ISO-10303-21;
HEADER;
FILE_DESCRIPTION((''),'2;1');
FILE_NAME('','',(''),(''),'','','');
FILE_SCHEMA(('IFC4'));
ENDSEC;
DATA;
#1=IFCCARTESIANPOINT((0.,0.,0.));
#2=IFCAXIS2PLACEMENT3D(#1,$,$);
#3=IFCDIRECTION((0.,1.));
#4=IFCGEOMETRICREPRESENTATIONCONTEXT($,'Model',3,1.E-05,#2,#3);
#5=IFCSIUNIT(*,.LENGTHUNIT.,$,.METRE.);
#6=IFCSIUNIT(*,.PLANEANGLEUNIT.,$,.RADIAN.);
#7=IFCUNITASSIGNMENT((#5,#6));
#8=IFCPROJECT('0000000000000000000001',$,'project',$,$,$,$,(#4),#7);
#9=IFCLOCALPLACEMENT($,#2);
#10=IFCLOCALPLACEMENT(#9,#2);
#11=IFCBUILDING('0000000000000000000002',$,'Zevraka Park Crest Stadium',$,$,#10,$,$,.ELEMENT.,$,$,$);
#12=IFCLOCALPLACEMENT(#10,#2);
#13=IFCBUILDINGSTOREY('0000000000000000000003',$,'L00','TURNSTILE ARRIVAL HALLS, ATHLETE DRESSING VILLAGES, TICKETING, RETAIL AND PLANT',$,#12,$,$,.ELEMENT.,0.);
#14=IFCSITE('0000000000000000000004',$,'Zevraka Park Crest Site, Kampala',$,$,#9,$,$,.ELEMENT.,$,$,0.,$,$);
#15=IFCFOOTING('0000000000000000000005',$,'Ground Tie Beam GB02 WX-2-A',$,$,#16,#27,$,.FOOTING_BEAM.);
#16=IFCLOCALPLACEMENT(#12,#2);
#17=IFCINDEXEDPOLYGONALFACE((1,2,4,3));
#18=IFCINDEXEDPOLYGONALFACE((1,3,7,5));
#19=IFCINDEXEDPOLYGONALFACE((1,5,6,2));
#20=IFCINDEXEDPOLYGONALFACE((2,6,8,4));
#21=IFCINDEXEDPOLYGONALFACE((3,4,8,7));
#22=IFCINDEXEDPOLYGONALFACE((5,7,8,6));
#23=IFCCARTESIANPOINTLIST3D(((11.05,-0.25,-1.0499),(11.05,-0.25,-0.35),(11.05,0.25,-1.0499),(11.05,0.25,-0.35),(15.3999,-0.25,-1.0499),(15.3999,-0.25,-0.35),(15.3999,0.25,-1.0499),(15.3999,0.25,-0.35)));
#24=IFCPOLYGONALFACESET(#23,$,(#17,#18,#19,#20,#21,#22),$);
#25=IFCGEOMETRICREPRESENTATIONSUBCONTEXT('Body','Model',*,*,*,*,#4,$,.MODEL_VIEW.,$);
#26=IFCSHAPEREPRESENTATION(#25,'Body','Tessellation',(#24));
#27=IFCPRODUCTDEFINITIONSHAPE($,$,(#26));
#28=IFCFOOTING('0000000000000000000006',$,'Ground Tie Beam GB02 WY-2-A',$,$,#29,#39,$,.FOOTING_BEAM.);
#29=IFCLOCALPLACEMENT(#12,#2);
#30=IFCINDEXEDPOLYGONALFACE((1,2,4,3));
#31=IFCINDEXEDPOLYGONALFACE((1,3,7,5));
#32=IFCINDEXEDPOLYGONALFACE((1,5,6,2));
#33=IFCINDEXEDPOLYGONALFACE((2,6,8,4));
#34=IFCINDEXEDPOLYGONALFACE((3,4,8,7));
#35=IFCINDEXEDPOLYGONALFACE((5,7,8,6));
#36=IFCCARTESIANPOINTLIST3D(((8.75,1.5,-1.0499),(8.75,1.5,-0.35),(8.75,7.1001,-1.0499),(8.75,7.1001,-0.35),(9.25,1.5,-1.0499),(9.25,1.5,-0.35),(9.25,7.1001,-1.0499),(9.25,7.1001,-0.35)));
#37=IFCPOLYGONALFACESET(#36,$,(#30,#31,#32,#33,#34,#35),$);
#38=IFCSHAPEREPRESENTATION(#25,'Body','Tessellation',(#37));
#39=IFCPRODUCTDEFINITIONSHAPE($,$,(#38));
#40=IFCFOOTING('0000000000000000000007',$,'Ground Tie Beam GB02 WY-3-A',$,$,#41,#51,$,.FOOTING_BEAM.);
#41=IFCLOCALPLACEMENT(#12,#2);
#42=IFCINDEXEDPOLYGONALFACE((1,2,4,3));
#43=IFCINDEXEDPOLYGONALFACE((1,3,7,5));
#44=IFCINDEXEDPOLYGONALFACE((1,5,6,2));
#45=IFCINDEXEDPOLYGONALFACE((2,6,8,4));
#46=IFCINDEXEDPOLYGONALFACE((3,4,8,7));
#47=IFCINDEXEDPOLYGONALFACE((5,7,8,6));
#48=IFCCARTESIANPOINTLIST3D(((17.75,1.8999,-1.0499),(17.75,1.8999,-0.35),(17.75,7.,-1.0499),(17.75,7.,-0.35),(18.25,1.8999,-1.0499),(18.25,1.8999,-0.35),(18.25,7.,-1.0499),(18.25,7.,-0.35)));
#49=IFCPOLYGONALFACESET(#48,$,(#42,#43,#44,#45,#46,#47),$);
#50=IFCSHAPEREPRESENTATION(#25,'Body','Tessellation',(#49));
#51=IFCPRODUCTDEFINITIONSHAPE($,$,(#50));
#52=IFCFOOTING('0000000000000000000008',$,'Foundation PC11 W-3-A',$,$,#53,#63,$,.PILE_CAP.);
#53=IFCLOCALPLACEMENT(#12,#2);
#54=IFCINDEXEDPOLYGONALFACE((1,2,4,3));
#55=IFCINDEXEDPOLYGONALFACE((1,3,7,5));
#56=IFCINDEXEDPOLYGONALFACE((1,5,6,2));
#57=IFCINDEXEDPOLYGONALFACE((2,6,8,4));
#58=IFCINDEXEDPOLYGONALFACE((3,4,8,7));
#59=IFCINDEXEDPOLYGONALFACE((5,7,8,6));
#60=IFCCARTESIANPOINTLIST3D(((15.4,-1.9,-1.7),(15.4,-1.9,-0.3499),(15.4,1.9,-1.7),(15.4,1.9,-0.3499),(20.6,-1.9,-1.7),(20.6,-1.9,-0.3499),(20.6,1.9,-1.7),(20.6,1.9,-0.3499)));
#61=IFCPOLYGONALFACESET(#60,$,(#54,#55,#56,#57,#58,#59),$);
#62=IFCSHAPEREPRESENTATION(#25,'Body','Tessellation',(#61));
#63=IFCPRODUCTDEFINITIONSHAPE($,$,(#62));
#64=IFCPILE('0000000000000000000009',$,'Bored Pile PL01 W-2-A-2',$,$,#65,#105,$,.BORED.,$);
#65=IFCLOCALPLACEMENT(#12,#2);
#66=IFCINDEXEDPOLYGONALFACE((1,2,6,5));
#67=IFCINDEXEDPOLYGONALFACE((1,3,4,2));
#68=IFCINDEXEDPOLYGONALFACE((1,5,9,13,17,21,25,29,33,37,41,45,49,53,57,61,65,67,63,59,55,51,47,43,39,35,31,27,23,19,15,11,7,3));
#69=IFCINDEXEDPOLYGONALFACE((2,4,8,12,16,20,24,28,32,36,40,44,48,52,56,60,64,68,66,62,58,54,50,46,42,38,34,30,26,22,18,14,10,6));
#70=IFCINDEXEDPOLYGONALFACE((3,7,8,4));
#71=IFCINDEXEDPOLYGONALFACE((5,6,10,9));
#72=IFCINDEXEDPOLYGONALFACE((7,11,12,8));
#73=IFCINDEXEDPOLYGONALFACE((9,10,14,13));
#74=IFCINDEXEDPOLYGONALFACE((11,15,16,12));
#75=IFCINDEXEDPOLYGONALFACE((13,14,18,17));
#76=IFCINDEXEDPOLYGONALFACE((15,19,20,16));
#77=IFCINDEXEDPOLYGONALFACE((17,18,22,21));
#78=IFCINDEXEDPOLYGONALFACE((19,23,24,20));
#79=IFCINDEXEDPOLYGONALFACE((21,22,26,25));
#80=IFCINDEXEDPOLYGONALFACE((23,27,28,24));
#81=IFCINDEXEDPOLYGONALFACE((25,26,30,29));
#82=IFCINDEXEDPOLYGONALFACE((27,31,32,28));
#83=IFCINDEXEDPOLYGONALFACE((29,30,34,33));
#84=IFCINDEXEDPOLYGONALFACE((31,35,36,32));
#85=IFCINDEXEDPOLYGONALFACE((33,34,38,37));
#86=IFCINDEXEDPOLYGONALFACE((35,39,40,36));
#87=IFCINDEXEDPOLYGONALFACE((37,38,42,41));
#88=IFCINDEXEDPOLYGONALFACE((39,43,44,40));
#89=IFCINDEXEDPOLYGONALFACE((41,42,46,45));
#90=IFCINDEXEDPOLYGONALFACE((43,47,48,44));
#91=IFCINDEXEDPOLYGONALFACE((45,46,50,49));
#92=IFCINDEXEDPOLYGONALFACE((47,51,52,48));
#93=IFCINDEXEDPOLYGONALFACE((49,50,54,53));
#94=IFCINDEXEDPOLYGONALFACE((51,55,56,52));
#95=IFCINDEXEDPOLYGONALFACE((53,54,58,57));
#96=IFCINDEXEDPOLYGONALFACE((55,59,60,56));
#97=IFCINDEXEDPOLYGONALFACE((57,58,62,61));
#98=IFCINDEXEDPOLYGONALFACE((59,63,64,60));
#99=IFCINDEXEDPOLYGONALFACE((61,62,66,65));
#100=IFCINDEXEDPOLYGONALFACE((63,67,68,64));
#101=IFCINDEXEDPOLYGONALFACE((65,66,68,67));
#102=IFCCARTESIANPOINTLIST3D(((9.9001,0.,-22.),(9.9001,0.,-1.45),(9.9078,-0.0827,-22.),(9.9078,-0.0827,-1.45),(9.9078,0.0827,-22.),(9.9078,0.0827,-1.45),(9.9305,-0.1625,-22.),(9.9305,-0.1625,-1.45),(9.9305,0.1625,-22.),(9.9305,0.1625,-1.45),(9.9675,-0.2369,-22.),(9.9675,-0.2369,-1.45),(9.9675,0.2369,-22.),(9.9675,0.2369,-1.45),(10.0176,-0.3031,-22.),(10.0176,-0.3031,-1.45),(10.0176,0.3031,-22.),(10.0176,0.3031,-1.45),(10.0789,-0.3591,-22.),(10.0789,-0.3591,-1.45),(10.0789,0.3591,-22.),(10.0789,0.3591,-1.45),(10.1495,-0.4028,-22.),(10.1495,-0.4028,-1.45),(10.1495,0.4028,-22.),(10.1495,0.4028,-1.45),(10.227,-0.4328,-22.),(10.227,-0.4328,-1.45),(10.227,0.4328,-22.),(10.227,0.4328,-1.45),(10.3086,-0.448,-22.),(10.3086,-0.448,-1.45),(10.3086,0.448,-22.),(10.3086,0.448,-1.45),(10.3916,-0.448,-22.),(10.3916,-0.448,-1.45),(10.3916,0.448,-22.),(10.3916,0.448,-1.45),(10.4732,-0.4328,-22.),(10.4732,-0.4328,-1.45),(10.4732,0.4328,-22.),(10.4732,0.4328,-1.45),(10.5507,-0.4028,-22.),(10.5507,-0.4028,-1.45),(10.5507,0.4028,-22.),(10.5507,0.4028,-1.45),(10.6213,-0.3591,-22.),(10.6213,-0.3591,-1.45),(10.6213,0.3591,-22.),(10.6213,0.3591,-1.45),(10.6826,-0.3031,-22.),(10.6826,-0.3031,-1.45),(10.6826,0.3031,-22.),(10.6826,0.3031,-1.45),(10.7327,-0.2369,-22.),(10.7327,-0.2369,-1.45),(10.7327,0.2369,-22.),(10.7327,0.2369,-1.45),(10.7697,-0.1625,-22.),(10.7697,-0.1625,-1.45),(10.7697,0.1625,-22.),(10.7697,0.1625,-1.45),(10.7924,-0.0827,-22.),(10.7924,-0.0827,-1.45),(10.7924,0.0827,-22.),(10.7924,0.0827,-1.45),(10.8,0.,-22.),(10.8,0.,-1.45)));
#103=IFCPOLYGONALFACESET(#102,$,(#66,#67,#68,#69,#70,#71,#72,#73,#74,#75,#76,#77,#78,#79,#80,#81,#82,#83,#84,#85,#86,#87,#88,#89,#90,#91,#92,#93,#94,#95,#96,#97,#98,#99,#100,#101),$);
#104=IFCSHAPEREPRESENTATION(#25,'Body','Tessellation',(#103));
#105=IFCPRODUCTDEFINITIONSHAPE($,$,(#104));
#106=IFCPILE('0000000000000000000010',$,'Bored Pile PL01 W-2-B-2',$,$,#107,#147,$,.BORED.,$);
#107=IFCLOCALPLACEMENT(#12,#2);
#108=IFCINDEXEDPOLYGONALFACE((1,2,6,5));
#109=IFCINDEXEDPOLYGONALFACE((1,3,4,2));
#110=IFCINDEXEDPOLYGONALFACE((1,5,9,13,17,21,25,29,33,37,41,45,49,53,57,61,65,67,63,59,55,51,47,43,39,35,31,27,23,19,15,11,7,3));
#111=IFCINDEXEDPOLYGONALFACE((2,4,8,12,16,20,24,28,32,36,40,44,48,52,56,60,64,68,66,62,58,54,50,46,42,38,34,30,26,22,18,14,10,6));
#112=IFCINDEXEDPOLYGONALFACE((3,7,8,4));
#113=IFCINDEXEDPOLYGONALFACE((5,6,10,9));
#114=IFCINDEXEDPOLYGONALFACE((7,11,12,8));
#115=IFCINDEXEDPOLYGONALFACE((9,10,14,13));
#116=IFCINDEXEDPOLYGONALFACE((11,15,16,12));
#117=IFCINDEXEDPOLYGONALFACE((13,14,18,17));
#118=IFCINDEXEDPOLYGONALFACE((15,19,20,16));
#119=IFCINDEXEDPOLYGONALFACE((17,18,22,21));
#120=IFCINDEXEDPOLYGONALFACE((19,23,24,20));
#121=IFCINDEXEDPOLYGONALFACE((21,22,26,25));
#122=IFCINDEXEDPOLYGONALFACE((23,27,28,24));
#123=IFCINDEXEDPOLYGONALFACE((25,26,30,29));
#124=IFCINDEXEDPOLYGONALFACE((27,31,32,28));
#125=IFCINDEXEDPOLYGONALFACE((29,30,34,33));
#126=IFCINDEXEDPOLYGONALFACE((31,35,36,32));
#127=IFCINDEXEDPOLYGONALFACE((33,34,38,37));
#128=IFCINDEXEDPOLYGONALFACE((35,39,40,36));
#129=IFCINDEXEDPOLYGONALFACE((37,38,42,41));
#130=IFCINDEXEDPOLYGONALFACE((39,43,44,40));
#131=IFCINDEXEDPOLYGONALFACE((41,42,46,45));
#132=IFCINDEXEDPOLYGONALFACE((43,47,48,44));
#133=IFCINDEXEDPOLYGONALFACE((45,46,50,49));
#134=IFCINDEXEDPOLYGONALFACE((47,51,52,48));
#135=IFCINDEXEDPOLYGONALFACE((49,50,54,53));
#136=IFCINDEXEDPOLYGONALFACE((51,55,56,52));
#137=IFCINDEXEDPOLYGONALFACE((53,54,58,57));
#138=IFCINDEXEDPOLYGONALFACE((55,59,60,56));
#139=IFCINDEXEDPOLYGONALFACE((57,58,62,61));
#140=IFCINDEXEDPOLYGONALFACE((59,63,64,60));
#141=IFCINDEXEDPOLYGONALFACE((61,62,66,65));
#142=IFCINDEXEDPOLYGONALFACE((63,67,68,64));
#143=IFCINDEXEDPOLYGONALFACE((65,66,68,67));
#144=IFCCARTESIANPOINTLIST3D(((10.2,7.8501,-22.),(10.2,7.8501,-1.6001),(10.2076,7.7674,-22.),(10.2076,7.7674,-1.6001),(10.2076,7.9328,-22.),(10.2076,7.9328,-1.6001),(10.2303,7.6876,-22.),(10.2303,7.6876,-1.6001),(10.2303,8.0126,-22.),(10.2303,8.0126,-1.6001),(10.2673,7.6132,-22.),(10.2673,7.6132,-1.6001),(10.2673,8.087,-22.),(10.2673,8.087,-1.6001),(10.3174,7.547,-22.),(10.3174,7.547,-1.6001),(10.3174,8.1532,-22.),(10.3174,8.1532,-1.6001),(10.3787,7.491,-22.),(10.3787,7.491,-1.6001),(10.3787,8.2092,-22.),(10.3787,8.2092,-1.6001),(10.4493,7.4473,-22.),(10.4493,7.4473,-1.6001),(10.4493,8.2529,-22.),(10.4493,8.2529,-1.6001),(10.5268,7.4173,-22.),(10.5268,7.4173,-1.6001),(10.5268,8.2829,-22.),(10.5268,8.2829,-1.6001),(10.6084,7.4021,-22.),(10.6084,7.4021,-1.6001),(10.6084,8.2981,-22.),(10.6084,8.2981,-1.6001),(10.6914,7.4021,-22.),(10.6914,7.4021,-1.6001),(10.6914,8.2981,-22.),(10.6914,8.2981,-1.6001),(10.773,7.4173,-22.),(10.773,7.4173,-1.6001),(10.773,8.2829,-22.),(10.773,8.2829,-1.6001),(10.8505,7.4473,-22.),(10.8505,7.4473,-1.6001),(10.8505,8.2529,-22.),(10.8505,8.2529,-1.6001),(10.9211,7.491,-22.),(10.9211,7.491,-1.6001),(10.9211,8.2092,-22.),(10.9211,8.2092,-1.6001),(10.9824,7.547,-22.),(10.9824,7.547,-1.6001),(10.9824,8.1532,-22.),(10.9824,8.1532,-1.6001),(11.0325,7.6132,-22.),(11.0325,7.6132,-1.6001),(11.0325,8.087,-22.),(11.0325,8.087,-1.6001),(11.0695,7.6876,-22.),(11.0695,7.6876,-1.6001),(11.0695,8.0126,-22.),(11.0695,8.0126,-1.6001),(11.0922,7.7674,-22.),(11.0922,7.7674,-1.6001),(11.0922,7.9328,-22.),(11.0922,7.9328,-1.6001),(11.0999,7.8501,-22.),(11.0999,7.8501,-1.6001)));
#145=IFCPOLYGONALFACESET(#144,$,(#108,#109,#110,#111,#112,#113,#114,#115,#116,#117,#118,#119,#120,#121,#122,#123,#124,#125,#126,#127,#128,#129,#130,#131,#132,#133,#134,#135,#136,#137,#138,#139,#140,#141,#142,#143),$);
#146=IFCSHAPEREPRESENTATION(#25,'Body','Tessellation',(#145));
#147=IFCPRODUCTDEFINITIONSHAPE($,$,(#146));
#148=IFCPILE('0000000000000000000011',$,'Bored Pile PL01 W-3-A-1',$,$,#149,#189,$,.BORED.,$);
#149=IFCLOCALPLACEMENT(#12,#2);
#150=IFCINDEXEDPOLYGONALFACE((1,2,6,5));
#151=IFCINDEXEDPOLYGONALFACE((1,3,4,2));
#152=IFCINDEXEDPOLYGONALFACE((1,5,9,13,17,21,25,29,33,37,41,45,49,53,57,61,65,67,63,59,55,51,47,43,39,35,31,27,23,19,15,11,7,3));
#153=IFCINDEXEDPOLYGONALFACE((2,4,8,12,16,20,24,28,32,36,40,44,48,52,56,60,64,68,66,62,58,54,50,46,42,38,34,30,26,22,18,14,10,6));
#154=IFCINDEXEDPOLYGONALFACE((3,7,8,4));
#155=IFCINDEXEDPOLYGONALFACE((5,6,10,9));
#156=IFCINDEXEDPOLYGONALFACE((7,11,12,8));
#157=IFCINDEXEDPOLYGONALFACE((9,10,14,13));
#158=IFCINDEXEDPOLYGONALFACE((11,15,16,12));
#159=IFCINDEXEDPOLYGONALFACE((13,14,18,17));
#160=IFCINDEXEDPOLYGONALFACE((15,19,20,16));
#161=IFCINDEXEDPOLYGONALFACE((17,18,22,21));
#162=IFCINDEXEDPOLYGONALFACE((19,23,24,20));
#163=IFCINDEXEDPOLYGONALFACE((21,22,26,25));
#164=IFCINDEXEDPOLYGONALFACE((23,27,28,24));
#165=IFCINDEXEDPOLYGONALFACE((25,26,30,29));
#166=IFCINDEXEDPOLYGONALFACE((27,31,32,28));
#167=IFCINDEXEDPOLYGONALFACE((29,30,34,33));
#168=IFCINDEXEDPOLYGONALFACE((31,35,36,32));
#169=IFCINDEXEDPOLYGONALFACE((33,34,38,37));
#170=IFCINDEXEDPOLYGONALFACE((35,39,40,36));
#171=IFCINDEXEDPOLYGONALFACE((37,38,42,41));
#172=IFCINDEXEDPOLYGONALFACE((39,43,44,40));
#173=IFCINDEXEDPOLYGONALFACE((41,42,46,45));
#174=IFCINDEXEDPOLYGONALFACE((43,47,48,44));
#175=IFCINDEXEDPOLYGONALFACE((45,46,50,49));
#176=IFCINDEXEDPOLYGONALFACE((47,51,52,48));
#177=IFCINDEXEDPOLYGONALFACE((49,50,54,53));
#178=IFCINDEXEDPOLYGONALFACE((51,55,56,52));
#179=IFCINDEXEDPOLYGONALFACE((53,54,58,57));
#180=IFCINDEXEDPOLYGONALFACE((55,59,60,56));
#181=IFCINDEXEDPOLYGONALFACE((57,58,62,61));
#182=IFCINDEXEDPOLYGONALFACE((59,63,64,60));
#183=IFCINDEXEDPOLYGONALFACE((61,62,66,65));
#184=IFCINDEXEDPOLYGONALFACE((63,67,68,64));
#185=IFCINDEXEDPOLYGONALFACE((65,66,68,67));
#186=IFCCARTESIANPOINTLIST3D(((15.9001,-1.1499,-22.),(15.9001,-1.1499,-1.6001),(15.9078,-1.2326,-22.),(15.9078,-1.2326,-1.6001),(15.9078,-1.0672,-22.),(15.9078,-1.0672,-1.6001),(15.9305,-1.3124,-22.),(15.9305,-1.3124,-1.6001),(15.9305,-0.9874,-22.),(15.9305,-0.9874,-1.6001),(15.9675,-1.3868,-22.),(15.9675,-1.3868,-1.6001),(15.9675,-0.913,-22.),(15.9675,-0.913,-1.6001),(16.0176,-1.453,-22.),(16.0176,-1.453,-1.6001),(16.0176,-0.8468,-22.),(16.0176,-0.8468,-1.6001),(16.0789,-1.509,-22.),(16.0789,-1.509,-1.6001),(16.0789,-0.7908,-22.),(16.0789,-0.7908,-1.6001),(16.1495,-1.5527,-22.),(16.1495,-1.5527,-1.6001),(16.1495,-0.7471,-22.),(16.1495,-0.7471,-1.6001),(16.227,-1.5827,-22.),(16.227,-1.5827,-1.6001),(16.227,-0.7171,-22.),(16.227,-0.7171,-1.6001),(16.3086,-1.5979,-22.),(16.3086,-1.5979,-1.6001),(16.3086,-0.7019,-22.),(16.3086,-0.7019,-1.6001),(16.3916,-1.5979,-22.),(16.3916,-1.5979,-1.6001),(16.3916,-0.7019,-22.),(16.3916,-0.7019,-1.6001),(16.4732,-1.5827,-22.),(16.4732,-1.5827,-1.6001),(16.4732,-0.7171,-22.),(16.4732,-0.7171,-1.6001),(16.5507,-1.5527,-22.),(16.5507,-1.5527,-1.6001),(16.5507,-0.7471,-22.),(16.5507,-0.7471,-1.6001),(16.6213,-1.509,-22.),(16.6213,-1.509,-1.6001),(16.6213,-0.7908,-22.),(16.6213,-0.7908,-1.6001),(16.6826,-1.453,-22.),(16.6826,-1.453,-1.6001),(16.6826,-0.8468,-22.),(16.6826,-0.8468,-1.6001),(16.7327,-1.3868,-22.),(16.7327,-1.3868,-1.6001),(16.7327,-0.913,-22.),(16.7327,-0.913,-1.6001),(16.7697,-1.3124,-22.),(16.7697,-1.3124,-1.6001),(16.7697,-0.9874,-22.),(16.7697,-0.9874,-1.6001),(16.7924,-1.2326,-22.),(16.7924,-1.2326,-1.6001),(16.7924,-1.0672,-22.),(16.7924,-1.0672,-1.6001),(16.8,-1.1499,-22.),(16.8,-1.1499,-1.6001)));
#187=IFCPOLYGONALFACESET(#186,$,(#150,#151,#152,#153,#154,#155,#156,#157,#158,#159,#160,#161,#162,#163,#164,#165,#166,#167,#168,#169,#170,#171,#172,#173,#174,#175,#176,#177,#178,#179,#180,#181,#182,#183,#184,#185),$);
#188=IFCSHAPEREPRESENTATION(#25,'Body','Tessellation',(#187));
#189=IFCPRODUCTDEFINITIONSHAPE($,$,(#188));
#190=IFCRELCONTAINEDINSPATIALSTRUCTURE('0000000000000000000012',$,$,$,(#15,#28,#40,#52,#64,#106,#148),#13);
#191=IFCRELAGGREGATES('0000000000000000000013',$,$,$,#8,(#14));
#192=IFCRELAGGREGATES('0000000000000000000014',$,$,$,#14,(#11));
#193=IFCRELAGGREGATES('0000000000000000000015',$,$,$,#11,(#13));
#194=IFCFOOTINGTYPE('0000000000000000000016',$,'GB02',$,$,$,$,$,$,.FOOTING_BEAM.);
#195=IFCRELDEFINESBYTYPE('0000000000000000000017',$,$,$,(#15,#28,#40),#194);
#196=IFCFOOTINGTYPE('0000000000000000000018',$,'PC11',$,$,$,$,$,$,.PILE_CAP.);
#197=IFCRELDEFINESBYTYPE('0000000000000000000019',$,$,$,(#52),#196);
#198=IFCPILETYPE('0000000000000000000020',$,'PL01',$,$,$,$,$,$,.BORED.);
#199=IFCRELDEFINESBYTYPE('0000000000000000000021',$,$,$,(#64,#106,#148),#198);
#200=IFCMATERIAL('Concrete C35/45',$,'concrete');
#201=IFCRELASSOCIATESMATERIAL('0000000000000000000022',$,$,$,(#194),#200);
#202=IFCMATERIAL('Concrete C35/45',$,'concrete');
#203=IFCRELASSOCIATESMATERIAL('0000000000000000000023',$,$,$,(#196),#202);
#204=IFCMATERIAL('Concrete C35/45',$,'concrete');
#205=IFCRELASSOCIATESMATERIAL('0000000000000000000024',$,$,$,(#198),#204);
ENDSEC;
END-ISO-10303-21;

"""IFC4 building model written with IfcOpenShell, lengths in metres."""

from ifc_helpers import new_model, si_unit, direction, frame, origin, origin_2d, place, context, subcontext, project, spatial, rectangle, circle, extrude, material, material_profile, profile_set, type_object, element, save


model = new_model("IFC4")

# Units and contexts
model_context = context("Model", 3, precision=1e-05, world=origin(), true_north=direction((0.0, 1.0)))
body_context = subcontext(model_context, "Body", "Model", "MODEL_VIEW")
ifc_project = project(units=[si_unit("LENGTHUNIT", "METRE"), si_unit("PLANEANGLEUNIT", "RADIAN")], contexts=[model_context])

# Site, building, storey
site_placement = place(None, origin())
site = spatial("IfcSite", under=ifc_project, at=site_placement, Name="Zevraka Park Crest Site, Kampala", CompositionType="ELEMENT", RefElevation=0.0)
building_placement = place(site_placement, origin())
building = spatial("IfcBuilding", under=site, at=building_placement, Name="Zevraka Park Crest Stadium", CompositionType="ELEMENT")
storey_placement = place(building_placement, origin())
storey = spatial("IfcBuildingStorey", under=building, at=storey_placement, Name="L00", Description="TURNSTILE ARRIVAL HALLS, ATHLETE DRESSING VILLAGES, TICKETING, RETAIL AND PLANT", CompositionType="ELEMENT", Elevation=0.0)

# Footings
ifc_material_1 = material(Name="Concrete C35/45", Category="concrete")
ifc_material_profile_1 = material_profile(ifc_material_1, rectangle(XDim=0.5, YDim=0.7, at=origin_2d()), Name="GB 700x500")
ifc_profile_set_1 = profile_set([ifc_material_profile_1], Name="Concrete C35/45")
footing_type_1 = type_object("IfcFootingType", Name="GB02", PredefinedType="FOOTING_BEAM", material=ifc_profile_set_1)
footing_1_placement = place(storey_placement, frame((11.05, 0.0, -0.7), z_axis=(1.0, 0.0, 0.0), x_axis=(0.0, 1.0, 0.0)))
element("IfcFooting", 1, at=footing_1_placement, inside=storey, type_object=footing_type_1, Name="Ground Tie Beam GB02 WX-2-A", PredefinedType="FOOTING_BEAM", context=body_context, shape_type="SweptSolid", body=[
    extrude(rectangle(XDim=0.5, YDim=0.7, at=origin_2d()), origin(), (0.0, 0.0, 1.0), 4.3499),
])
footing_2_placement = place(storey_placement, frame((9.0, 1.5, -0.7), z_axis=(0.0, 1.0, 0.0), x_axis=(-1.0, 0.0, 0.0)))
element("IfcFooting", 2, at=footing_2_placement, inside=storey, type_object=footing_type_1, Name="Ground Tie Beam GB02 WY-2-A", PredefinedType="FOOTING_BEAM", context=body_context, shape_type="SweptSolid", body=[
    extrude(rectangle(XDim=0.5, YDim=0.7, at=origin_2d()), origin(), (0.0, 0.0, 1.0), 5.6001),
])
footing_3_placement = place(storey_placement, frame((18.0, 1.8999, -0.7), z_axis=(0.0, 1.0, 0.0), x_axis=(-1.0, 0.0, 0.0)))
element("IfcFooting", 3, at=footing_3_placement, inside=storey, type_object=footing_type_1, Name="Ground Tie Beam GB02 WY-3-A", PredefinedType="FOOTING_BEAM", context=body_context, shape_type="SweptSolid", body=[
    extrude(rectangle(XDim=0.5, YDim=0.7, at=origin_2d()), origin(), (0.0, 0.0, 1.0), 5.1001),
])
ifc_material_2 = material(Name="Concrete C35/45", Category="concrete")
footing_type_2 = type_object("IfcFootingType", Name="PC11", PredefinedType="PILE_CAP", material=ifc_material_2)
footing_4_placement = place(storey_placement, frame((18.0, 0.0, -1.7), z_axis=(0.0, 0.0, 1.0), x_axis=(1.0, 0.0, 0.0)))
element("IfcFooting", 4, at=footing_4_placement, inside=storey, type_object=footing_type_2, Name="Foundation PC11 W-3-A", PredefinedType="PILE_CAP", context=body_context, shape_type="SweptSolid", body=[
    extrude(rectangle(XDim=5.2, YDim=3.8, at=origin_2d()), origin(), (0.0, 0.0, 1.0), 1.3501),
])

# Piles
ifc_material_3 = material(Name="Concrete C35/45", Category="concrete")
ifc_material_profile_2 = material_profile(ifc_material_3, circle(Radius=0.45, at=origin_2d()), Name="PILE D900")
ifc_profile_set_2 = profile_set([ifc_material_profile_2], Name="Concrete C35/45")
pile_type_1 = type_object("IfcPileType", Name="PL01", PredefinedType="BORED", material=ifc_profile_set_2)
pile_1_placement = place(storey_placement, frame((10.3501, 0.0, -1.45), z_axis=(0.0, 0.0, -1.0), x_axis=(1.0, 0.0, 0.0)))
element("IfcPile", 5, at=pile_1_placement, inside=storey, type_object=pile_type_1, Name="Bored Pile PL01 W-2-A-2", PredefinedType="BORED", context=body_context, shape_type="SweptSolid", body=[
    extrude(circle(Radius=0.45, at=origin_2d()), origin(), (0.0, 0.0, 1.0), 20.55),
])
for number, where, z_axis, x_axis, name in (
    (6, (10.6499, 7.8501, -1.6001), (0.0, 0.0, -1.0), (1.0, 0.0, 0.0), "Bored Pile PL01 W-2-B-2"),
    (7, (16.3501, -1.1499, -1.6001), (0.0, 0.0, -1.0), (1.0, 0.0, 0.0), "Bored Pile PL01 W-3-A-1"),
):
    element("IfcPile", number, at=place(storey_placement, frame(where, z_axis=z_axis, x_axis=x_axis)), inside=storey, type_object=pile_type_1, Name=name, PredefinedType="BORED", context=body_context, shape_type="SweptSolid", body=[
        extrude(circle(Radius=0.45, at=origin_2d()), origin(), (0.0, 0.0, 1.0), 20.3999),
    ])

save(model, "model.ifc")
